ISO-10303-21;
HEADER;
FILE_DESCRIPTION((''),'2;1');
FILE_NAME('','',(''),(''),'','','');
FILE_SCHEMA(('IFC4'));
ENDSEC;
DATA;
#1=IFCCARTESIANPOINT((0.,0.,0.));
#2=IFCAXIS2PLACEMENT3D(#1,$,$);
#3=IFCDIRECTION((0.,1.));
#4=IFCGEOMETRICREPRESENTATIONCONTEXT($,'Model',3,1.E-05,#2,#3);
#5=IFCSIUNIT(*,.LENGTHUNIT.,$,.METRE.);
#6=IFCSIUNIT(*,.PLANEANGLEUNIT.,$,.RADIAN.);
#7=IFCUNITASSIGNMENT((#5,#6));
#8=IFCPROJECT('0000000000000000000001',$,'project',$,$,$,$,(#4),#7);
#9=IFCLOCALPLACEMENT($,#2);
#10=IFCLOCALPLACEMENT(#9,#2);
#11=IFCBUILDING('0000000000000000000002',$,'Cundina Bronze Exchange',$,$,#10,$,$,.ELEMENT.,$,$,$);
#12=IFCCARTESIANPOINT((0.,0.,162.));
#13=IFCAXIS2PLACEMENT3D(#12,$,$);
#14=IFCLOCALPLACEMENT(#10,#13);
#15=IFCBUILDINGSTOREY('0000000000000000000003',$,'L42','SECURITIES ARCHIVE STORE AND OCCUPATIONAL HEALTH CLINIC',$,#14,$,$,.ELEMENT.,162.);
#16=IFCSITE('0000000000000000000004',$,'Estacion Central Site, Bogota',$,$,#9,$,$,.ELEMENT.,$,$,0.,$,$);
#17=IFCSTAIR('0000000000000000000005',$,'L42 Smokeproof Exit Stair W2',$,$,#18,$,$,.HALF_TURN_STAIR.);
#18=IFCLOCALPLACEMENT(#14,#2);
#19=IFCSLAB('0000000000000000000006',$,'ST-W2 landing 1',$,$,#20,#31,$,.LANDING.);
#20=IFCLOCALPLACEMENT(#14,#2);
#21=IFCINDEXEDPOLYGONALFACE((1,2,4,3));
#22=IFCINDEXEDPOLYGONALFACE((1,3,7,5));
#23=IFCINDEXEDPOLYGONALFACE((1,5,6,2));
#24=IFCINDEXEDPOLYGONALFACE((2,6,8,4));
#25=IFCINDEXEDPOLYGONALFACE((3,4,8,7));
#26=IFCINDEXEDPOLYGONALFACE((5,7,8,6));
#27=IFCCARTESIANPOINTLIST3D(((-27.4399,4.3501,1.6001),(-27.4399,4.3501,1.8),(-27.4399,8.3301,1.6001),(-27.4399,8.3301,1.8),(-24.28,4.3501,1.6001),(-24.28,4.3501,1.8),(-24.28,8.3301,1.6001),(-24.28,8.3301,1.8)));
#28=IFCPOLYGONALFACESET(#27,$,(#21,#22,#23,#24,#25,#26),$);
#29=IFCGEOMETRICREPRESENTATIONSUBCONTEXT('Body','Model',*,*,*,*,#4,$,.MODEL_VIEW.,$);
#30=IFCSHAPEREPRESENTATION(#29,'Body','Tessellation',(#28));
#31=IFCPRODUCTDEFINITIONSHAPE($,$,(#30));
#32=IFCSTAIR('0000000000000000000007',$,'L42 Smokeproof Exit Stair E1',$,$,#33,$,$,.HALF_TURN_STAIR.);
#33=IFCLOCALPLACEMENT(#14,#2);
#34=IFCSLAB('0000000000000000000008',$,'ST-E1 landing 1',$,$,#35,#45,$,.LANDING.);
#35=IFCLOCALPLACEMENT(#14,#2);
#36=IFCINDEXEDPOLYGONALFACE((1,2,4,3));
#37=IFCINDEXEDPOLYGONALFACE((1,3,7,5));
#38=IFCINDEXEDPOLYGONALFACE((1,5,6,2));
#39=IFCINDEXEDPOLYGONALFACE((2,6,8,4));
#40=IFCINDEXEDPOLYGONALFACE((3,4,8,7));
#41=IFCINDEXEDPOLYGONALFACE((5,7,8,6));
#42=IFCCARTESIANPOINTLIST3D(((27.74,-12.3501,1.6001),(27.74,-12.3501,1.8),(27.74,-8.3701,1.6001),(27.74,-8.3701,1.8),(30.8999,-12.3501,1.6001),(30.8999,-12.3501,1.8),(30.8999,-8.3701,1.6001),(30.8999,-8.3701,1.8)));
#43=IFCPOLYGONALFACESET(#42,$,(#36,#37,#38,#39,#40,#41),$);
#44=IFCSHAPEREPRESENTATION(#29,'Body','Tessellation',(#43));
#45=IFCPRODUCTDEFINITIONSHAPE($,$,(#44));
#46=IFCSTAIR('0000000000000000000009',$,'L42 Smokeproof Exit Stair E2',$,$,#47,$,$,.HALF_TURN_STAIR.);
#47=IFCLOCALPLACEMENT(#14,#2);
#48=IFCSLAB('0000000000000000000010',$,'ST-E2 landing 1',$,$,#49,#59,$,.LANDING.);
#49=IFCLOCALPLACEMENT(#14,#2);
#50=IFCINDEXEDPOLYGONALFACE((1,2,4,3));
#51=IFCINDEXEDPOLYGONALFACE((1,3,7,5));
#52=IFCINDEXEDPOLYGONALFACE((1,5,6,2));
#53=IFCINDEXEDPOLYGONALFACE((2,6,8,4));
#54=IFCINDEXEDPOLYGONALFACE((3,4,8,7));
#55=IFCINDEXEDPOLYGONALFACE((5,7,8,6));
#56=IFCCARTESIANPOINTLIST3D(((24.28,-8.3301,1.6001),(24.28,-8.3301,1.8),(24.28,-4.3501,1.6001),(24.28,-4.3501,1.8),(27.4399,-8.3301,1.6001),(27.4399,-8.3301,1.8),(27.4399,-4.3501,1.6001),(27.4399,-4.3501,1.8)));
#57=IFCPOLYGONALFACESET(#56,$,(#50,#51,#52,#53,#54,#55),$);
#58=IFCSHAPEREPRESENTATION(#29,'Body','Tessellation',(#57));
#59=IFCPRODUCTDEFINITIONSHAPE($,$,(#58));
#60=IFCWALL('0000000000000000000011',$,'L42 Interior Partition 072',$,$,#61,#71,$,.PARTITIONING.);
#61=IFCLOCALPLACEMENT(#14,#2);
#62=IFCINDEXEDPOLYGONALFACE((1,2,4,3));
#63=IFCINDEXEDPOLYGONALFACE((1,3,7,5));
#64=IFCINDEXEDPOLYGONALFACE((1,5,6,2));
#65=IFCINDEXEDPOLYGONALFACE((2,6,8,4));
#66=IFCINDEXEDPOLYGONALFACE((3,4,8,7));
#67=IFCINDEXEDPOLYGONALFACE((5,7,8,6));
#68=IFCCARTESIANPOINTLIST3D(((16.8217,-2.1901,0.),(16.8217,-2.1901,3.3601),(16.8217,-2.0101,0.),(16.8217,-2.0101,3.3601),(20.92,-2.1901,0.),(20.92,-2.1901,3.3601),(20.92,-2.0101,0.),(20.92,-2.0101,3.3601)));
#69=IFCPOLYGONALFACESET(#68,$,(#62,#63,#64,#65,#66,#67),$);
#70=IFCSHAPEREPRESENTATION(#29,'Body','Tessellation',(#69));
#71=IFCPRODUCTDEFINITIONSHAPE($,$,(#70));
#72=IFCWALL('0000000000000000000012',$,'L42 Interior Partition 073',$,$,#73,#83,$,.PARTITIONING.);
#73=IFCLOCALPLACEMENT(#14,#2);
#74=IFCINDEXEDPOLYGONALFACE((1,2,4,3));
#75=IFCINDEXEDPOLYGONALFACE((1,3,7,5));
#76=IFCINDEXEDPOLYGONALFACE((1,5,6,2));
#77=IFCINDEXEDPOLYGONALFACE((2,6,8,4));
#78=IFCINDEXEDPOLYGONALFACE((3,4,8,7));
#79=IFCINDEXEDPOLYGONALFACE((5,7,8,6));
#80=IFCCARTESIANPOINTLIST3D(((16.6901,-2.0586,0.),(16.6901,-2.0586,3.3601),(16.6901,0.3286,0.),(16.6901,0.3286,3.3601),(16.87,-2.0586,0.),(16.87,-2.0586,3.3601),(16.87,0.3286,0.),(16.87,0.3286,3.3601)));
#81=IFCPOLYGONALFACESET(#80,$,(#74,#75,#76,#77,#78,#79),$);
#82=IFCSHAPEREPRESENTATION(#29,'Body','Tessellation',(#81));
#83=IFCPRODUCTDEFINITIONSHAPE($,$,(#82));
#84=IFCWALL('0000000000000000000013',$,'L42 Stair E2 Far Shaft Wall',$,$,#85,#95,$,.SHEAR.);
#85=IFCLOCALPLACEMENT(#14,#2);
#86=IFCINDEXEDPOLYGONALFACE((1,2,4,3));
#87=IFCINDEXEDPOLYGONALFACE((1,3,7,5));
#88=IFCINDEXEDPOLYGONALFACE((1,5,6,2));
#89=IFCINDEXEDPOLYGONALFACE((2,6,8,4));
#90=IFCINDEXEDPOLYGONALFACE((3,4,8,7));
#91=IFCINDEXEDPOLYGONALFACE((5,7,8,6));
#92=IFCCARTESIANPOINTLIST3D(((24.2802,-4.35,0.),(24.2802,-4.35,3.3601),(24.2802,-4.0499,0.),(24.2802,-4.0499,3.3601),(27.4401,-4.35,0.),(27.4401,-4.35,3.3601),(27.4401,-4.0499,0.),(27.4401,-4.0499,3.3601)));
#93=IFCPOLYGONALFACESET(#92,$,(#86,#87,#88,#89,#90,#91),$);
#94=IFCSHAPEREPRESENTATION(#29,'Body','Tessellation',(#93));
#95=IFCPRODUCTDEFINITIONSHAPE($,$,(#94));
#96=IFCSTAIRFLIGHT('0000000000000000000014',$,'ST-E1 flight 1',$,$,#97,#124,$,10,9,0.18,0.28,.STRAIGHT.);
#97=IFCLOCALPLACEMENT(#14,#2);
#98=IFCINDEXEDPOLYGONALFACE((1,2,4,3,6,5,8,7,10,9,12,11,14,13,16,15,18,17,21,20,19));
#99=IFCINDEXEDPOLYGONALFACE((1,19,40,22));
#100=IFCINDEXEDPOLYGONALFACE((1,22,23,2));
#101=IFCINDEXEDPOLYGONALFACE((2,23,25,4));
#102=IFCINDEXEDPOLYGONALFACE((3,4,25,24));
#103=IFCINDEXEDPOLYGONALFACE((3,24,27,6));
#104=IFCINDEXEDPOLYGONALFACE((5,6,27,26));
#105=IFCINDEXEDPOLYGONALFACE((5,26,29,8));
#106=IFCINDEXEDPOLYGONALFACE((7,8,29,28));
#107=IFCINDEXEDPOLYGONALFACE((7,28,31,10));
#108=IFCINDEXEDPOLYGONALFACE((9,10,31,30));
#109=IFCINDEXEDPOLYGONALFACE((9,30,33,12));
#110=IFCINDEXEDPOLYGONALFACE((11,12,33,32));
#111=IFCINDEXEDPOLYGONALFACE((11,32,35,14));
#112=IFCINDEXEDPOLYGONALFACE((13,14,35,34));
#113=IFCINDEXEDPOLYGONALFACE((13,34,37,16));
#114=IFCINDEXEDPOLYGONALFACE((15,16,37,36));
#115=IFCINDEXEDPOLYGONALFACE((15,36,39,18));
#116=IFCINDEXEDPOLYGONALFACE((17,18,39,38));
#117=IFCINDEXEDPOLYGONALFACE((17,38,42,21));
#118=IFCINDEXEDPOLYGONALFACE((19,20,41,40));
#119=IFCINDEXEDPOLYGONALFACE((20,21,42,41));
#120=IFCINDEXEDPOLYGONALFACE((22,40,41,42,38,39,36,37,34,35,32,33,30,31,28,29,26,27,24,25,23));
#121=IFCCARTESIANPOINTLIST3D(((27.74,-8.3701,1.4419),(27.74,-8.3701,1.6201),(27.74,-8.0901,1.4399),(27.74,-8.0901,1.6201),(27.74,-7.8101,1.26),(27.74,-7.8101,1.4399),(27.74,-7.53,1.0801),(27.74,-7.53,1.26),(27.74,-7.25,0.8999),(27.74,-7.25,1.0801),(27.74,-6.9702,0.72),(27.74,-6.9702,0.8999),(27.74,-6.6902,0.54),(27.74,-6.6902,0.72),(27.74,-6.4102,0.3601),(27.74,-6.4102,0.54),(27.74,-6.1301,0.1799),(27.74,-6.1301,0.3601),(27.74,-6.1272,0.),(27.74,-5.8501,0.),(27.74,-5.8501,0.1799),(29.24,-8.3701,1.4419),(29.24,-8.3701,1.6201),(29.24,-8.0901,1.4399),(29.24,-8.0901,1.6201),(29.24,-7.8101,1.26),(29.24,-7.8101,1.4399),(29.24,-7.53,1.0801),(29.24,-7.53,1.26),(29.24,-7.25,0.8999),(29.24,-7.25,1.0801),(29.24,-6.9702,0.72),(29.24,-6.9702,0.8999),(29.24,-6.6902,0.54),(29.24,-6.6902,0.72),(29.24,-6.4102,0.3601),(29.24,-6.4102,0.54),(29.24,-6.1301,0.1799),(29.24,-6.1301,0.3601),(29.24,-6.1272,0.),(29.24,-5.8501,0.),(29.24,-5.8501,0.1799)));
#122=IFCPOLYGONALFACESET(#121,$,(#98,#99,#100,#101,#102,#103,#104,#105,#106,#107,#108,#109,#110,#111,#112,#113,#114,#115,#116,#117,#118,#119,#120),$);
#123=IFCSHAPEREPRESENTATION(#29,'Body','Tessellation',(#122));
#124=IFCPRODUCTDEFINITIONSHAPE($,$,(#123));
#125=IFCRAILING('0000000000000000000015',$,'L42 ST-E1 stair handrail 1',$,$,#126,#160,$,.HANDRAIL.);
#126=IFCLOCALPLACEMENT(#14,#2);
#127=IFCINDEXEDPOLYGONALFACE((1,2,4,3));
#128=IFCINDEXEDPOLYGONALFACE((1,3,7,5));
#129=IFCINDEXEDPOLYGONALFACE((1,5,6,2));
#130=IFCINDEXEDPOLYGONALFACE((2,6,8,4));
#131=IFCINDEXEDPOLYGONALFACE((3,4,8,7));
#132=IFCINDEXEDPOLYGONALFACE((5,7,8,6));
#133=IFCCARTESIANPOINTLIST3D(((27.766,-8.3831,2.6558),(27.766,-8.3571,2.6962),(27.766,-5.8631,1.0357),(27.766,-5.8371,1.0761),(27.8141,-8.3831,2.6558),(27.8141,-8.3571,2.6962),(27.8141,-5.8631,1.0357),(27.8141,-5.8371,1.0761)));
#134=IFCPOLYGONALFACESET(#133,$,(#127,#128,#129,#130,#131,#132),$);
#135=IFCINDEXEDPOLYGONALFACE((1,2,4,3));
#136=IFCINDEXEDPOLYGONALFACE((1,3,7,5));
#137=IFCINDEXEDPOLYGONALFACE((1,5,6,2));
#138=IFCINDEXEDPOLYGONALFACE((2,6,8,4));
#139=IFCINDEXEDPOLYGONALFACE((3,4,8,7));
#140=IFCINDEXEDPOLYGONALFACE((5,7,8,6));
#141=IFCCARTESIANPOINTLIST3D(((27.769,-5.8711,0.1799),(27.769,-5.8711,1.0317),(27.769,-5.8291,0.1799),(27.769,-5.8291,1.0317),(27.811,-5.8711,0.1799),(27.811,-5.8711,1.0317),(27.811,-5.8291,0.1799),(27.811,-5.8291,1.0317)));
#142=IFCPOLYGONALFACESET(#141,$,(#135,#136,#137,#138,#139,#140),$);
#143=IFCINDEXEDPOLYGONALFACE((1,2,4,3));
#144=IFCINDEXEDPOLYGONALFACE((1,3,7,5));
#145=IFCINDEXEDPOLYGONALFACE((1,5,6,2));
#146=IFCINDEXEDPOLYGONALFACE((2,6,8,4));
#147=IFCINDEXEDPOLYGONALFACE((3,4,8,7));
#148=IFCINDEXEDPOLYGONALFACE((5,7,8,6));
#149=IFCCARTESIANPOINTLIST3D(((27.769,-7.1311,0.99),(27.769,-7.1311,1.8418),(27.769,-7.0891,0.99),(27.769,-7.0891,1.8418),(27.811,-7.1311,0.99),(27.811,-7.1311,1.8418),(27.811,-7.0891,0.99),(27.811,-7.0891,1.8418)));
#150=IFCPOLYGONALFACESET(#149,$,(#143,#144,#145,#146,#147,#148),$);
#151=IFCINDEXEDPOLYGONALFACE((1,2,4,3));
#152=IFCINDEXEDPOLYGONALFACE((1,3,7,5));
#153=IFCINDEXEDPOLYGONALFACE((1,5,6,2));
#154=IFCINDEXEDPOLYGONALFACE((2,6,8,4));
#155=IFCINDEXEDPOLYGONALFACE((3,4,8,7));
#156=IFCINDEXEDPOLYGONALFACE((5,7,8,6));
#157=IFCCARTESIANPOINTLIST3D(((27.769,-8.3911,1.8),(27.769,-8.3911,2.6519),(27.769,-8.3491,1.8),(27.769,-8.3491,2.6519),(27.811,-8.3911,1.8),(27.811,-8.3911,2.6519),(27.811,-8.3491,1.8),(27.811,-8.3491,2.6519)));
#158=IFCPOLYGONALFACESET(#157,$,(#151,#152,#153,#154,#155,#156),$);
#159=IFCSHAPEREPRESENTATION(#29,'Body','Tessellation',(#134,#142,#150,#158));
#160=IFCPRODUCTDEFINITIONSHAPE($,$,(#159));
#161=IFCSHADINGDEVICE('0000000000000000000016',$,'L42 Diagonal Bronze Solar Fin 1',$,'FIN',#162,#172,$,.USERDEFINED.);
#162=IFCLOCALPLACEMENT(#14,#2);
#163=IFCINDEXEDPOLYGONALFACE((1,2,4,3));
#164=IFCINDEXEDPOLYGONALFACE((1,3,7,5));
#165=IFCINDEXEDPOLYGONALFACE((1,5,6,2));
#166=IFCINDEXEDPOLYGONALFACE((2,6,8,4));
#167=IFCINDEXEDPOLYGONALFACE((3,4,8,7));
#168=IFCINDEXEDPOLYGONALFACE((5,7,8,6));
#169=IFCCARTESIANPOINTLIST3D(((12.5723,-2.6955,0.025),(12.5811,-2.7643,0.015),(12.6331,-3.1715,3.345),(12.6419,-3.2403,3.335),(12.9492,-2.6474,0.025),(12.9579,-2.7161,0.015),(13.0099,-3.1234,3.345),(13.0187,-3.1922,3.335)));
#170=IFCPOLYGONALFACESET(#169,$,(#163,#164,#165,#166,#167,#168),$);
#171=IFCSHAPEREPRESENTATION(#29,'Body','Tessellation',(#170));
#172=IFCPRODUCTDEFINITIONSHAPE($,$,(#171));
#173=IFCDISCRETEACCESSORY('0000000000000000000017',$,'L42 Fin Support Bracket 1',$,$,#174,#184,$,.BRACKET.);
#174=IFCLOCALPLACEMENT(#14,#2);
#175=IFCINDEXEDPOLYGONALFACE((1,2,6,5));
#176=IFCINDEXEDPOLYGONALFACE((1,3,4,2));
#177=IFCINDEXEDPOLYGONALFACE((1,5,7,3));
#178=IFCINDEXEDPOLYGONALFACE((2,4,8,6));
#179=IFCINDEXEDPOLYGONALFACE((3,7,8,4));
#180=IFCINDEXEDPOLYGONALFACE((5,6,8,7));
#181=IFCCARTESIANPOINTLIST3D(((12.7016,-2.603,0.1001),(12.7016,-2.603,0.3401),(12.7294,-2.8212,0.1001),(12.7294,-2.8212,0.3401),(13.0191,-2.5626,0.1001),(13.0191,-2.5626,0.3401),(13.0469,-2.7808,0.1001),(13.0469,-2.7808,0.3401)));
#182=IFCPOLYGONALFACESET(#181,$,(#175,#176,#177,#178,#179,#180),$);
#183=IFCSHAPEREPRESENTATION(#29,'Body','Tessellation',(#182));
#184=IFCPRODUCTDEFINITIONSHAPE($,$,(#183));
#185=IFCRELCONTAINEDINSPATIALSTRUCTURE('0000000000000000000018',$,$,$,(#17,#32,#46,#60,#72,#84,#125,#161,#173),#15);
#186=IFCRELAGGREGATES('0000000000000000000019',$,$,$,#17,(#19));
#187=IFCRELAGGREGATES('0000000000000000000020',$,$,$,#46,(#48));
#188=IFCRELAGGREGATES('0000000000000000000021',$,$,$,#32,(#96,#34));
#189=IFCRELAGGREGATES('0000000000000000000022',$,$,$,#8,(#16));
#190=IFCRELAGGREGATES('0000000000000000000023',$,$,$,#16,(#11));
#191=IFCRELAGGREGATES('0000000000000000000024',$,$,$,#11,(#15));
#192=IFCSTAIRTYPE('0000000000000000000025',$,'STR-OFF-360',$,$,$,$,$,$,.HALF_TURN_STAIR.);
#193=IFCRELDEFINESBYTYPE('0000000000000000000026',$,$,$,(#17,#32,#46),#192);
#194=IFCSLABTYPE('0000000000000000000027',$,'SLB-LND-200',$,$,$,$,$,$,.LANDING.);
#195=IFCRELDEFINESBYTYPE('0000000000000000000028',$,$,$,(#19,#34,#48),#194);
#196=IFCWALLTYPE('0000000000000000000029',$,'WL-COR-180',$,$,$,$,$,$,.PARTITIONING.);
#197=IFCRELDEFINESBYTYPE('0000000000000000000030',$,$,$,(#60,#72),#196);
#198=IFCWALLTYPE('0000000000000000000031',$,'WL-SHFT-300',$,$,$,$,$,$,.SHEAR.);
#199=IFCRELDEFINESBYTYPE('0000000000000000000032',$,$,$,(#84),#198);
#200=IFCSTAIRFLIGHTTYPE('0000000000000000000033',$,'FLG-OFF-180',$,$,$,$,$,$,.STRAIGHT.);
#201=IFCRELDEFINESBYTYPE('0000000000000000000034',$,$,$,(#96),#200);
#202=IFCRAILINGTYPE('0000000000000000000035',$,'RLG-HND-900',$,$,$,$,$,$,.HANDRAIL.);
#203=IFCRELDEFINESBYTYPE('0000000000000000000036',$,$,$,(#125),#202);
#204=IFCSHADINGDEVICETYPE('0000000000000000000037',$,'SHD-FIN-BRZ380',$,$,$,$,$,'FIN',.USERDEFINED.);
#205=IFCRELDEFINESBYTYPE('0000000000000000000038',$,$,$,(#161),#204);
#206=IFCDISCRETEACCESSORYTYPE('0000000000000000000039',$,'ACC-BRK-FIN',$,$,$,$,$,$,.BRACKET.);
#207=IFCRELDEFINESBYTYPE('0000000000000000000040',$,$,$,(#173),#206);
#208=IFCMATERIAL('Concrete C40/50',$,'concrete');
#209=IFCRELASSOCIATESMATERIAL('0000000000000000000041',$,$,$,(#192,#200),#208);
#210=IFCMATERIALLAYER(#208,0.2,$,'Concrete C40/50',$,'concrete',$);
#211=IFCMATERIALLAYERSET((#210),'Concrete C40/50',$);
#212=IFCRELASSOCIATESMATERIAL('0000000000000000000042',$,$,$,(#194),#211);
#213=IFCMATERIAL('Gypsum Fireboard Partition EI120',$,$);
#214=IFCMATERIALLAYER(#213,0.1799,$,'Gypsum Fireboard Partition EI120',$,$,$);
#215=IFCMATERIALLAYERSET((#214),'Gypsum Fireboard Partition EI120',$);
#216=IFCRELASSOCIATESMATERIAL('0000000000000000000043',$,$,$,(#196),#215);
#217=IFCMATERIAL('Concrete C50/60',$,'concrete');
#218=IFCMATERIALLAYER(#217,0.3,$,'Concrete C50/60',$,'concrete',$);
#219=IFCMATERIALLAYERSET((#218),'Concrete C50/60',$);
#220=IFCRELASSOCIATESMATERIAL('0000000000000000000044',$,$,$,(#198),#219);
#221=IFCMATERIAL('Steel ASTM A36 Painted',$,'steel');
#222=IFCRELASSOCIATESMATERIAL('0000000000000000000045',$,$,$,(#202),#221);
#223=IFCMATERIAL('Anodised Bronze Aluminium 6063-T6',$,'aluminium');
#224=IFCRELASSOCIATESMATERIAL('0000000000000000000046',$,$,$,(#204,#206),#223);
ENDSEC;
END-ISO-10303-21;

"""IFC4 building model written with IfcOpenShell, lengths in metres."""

from ifc_helpers import new_model, si_unit, direction, frame, frame_2d, origin, origin_2d, place, context, subcontext, project, spatial, polyline, rectangle, outline, extrude, material, layer, layer_set, material_profile, profile_set, type_object, element, aggregate, save


model = new_model("IFC4")

# Units and contexts
model_context = context("Model", 3, precision=1e-05, world=origin(), true_north=direction((0.0, 1.0)))
body_context = subcontext(model_context, "Body", "Model", "MODEL_VIEW")
ifc_project = project(units=[si_unit("LENGTHUNIT", "METRE"), si_unit("PLANEANGLEUNIT", "RADIAN")], contexts=[model_context])

# Site, building, storey
site_placement = place(None, origin())
site = spatial("IfcSite", under=ifc_project, at=site_placement, Name="Estacion Central Site, Bogota", CompositionType="ELEMENT", RefElevation=0.0)
building_placement = place(site_placement, origin())
building = spatial("IfcBuilding", under=site, at=building_placement, Name="Cundina Bronze Exchange", CompositionType="ELEMENT")
storey_placement = place(building_placement, frame((0.0, 0.0, 162.0)))
storey = spatial("IfcBuildingStorey", under=building, at=storey_placement, Name="L42", Description="SECURITIES ARCHIVE STORE AND OCCUPATIONAL HEALTH CLINIC", CompositionType="ELEMENT", Elevation=162.0)

# Shared definitions
ifc_material_1 = material(Name="Concrete C50/60", Category="concrete")

# Shared definitions
ifc_material_2 = material(Name="Anodised Bronze Aluminium 6063-T6", Category="aluminium")

# Stairs, slabs
ifc_material_3 = material(Name="Concrete C40/50", Category="concrete")
stair_type = type_object("IfcStairType", Name="STR-OFF-360", PredefinedType="HALF_TURN_STAIR", material=ifc_material_3)
ifc_layer_1 = layer(ifc_material_3, 0.2, Name="Concrete C40/50", Category="concrete")
ifc_layer_set_1 = layer_set([ifc_layer_1], Name="Concrete C40/50")
slab_type = type_object("IfcSlabType", Name="SLB-LND-200", PredefinedType="LANDING", material=ifc_layer_set_1)
stair_1_placement = place(storey_placement, origin())
stair_1 = element("IfcStair", 1, at=stair_1_placement, inside=storey, type_object=stair_type, Name="L42 Smokeproof Exit Stair W2", PredefinedType="HALF_TURN_STAIR")
slab_1_placement = place(storey_placement, frame((0.0, 0.0, 1.6001)))
slab_1 = element("IfcSlab", 2, at=slab_1_placement, type_object=slab_type, Name="ST-W2 landing 1", PredefinedType="LANDING", context=body_context, shape_type="SweptSolid", body=[
    extrude(outline(polyline([(-27.4399, 8.3301), (-27.4399, 4.3501), (-24.28, 4.3501), (-24.28, 8.3301), (-27.4399, 8.3301)])), origin(), (0.0, 0.0, 1.0), 0.2),
])
aggregate(stair_1, [slab_1])
stair_2_placement = place(storey_placement, origin())
stair_2 = element("IfcStair", 3, at=stair_2_placement, inside=storey, type_object=stair_type, Name="L42 Smokeproof Exit Stair E1", PredefinedType="HALF_TURN_STAIR")
slab_2_placement = place(storey_placement, frame((0.0, 0.0, 1.6001)))
slab_2 = element("IfcSlab", 4, at=slab_2_placement, type_object=slab_type, Name="ST-E1 landing 1", PredefinedType="LANDING", context=body_context, shape_type="SweptSolid", body=[
    extrude(outline(polyline([(27.74, -8.3701), (27.74, -12.3501), (30.8999, -12.3501), (30.8999, -8.3701), (27.74, -8.3701)])), origin(), (0.0, 0.0, 1.0), 0.2),
])
stair_3_placement = place(storey_placement, origin())
stair_3 = element("IfcStair", 5, at=stair_3_placement, inside=storey, type_object=stair_type, Name="L42 Smokeproof Exit Stair E2", PredefinedType="HALF_TURN_STAIR")
slab_3_placement = place(storey_placement, frame((0.0, 0.0, 1.6001)))
slab_3 = element("IfcSlab", 6, at=slab_3_placement, type_object=slab_type, Name="ST-E2 landing 1", PredefinedType="LANDING", context=body_context, shape_type="SweptSolid", body=[
    extrude(outline(polyline([(27.4399, -8.3301), (27.4399, -4.3501), (24.28, -4.3501), (24.28, -8.3301), (27.4399, -8.3301)])), origin(), (0.0, 0.0, 1.0), 0.2),
])
aggregate(stair_3, [slab_3])

# Shared definitions
ifc_material_4 = material(Name="Gypsum Fireboard Partition EI120")
ifc_layer_2 = layer(ifc_material_4, 0.1799, Name="Gypsum Fireboard Partition EI120")
ifc_layer_set_2 = layer_set([ifc_layer_2], Name="Gypsum Fireboard Partition EI120")
wall_type_1 = type_object("IfcWallType", Name="WL-COR-180", PredefinedType="PARTITIONING", material=ifc_layer_set_2)
ifc_material_5 = material(Name="Steel ASTM A36 Painted", Category="steel")

# Walls
wall_1_placement = place(storey_placement, frame((16.8215, -2.1001, 0.0), z_axis=(0.0, 0.0, 1.0), x_axis=(1.0, 0.0, 0.0)))
element("IfcWall", 7, at=wall_1_placement, inside=storey, type_object=wall_type_1, Name="L42 Interior Partition 072", PredefinedType="PARTITIONING", context=body_context, shape_type="SweptSolid", body=[
    extrude(rectangle(XDim=4.0984, YDim=0.1799, at=frame_2d((2.0493, 0.0))), origin(), (0.0, 0.0, 1.0), 3.3601),
])
wall_2_placement = place(storey_placement, frame((16.78, 0.3286, 0.0), z_axis=(0.0, 0.0, 1.0), x_axis=(0.0, -1.0, 0.0)))
element("IfcWall", 8, at=wall_2_placement, inside=storey, type_object=wall_type_1, Name="L42 Interior Partition 073", PredefinedType="PARTITIONING", context=body_context, shape_type="SweptSolid", body=[
    extrude(rectangle(XDim=2.3872, YDim=0.1799, at=frame_2d((1.1936, 0.0))), origin(), (0.0, 0.0, 1.0), 3.3601),
])

# Shared definitions
ifc_layer_3 = layer(ifc_material_1, 0.3, Name="Concrete C50/60", Category="concrete")
ifc_layer_set_3 = layer_set([ifc_layer_3], Name="Concrete C50/60")
wall_type_2 = type_object("IfcWallType", Name="WL-SHFT-300", PredefinedType="SHEAR", material=ifc_layer_set_3)

# Wall
wall_3_placement = place(storey_placement, frame((24.28, -4.2, 0.0), z_axis=(0.0, 0.0, 1.0), x_axis=(1.0, 0.0, 0.0)))
element("IfcWall", 9, at=wall_3_placement, inside=storey, type_object=wall_type_2, Name="L42 Stair E2 Far Shaft Wall", PredefinedType="SHEAR", context=body_context, shape_type="SweptSolid", body=[
    extrude(rectangle(XDim=3.1599, YDim=0.3, at=frame_2d((1.5801, 0.0))), origin(), (0.0, 0.0, 1.0), 3.3601),
])

# Stair flight
stair_flight_type = type_object("IfcStairFlightType", Name="FLG-OFF-180", PredefinedType="STRAIGHT", material=ifc_material_3)
stair_flight_placement = place(storey_placement, frame((28.49, -5.8501, 0.0), z_axis=(0.0, 0.0, 1.0), x_axis=(0.0, -1.0, 0.0)))
stair_flight = element("IfcStairFlight", 10, at=stair_flight_placement, type_object=stair_flight_type, Name="ST-E1 flight 1", NumberOfRisers=10, NumberOfTreads=9, PredefinedType="STRAIGHT", RiserHeight=0.18, TreadLength=0.28, context=body_context, shape_type="SweptSolid", body=[
    extrude(outline(polyline([(0.0, 0.0), (0.0, 0.1799), (0.28, 0.1799), (0.28, 0.3601), (0.5601, 0.3601), (0.5601, 0.54), (0.8401, 0.54), (0.8401, 0.72), (1.1201, 0.72), (1.1201, 0.8999), (1.3999, 0.8999), (1.3999, 1.0801), (1.6799, 1.0801), (1.6799, 1.26), (1.96, 1.26), (1.96, 1.4399), (2.24, 1.4399), (2.24, 1.6201), (2.52, 1.6201), (2.52, 1.8), (2.52, 1.4419), (0.2771, 0.0), (0.0, 0.0)])), frame((0.0, 0.75, 0.0), z_axis=(0.0, -1.0, 0.0), x_axis=(1.0, 0.0, 0.0)), (0.0, 0.0, 1.0), 1.5),
])
aggregate(stair_2, [stair_flight, slab_2])

# Railing
railing_type = type_object("IfcRailingType", Name="RLG-HND-900", PredefinedType="HANDRAIL", material=ifc_material_5)
railing_placement = place(storey_placement, frame((27.79, -5.8501, 0.1799)))
element("IfcRailing", 11, at=railing_placement, inside=storey, type_object=railing_type, Name="L42 ST-E1 stair handrail 1", PredefinedType="HANDRAIL", context=body_context, shape_type="SweptSolid", body=[
    extrude(rectangle(XDim=0.0481, YDim=0.0481, at=origin_2d()), frame((0.0, 0.0, 0.876), z_axis=(0.0, -0.841163, 0.540782), x_axis=(1.0, 0.0, 0.0)), (0.0, 0.0, 1.0), 2.9958),
    extrude(rectangle(XDim=0.042, YDim=0.042, at=origin_2d()), origin(), (0.0, 0.0, 1.0), 0.8518),
    extrude(rectangle(XDim=0.042, YDim=0.042, at=origin_2d()), frame((0.0, -1.26, 0.8101)), (0.0, 0.0, 1.0), 0.8518),
    extrude(rectangle(XDim=0.042, YDim=0.042, at=origin_2d()), frame((0.0, -2.52, 1.6201)), (0.0, 0.0, 1.0), 0.8518),
])

# Shading device
ifc_material_profile_1 = material_profile(ifc_material_2, rectangle(XDim=0.0701, YDim=0.3799, at=origin_2d()), Name="FIN70X380", Category="aluminium")
ifc_profile_set_1 = profile_set([ifc_material_profile_1], Name="Anodised Bronze Aluminium 6063-T6")
shading_device_type = type_object("IfcShadingDeviceType", Name="SHD-FIN-BRZ380", ElementType="FIN", PredefinedType="USERDEFINED", material=ifc_profile_set_1)
shading_device_placement = place(storey_placement, frame((12.7651, -2.7058, 0.02), z_axis=(0.018122, -0.141918, 0.989713), x_axis=(-0.125361, 0.981741, 0.14307)))
element("IfcShadingDevice", 12, at=shading_device_placement, inside=storey, type_object=shading_device_type, Name="L42 Diagonal Bronze Solar Fin 1", ObjectType="FIN", PredefinedType="USERDEFINED", context=body_context, shape_type="SweptSolid", body=[
    extrude(rectangle(XDim=0.0701, YDim=0.3799, at=origin_2d()), origin(), (0.0, 0.0, 1.0), 3.3545),
])

# Discrete accessory
discrete_accessory_type = type_object("IfcDiscreteAccessoryType", Name="ACC-BRK-FIN", PredefinedType="BRACKET", material=ifc_material_2)
discrete_accessory_placement = place(storey_placement, frame((12.8743, -2.6919, 0.1001), z_axis=(0.0, 0.0, 1.0), x_axis=(0.126476, -0.99197, 0.0)))
element("IfcDiscreteAccessory", 13, at=discrete_accessory_placement, inside=storey, type_object=discrete_accessory_type, Name="L42 Fin Support Bracket 1", PredefinedType="BRACKET", context=body_context, shape_type="SweptSolid", body=[
    extrude(rectangle(XDim=0.22, YDim=0.3201, at=origin_2d()), origin(), (0.0, 0.0, 1.0), 0.24),
])

save(model, "model.ifc")
